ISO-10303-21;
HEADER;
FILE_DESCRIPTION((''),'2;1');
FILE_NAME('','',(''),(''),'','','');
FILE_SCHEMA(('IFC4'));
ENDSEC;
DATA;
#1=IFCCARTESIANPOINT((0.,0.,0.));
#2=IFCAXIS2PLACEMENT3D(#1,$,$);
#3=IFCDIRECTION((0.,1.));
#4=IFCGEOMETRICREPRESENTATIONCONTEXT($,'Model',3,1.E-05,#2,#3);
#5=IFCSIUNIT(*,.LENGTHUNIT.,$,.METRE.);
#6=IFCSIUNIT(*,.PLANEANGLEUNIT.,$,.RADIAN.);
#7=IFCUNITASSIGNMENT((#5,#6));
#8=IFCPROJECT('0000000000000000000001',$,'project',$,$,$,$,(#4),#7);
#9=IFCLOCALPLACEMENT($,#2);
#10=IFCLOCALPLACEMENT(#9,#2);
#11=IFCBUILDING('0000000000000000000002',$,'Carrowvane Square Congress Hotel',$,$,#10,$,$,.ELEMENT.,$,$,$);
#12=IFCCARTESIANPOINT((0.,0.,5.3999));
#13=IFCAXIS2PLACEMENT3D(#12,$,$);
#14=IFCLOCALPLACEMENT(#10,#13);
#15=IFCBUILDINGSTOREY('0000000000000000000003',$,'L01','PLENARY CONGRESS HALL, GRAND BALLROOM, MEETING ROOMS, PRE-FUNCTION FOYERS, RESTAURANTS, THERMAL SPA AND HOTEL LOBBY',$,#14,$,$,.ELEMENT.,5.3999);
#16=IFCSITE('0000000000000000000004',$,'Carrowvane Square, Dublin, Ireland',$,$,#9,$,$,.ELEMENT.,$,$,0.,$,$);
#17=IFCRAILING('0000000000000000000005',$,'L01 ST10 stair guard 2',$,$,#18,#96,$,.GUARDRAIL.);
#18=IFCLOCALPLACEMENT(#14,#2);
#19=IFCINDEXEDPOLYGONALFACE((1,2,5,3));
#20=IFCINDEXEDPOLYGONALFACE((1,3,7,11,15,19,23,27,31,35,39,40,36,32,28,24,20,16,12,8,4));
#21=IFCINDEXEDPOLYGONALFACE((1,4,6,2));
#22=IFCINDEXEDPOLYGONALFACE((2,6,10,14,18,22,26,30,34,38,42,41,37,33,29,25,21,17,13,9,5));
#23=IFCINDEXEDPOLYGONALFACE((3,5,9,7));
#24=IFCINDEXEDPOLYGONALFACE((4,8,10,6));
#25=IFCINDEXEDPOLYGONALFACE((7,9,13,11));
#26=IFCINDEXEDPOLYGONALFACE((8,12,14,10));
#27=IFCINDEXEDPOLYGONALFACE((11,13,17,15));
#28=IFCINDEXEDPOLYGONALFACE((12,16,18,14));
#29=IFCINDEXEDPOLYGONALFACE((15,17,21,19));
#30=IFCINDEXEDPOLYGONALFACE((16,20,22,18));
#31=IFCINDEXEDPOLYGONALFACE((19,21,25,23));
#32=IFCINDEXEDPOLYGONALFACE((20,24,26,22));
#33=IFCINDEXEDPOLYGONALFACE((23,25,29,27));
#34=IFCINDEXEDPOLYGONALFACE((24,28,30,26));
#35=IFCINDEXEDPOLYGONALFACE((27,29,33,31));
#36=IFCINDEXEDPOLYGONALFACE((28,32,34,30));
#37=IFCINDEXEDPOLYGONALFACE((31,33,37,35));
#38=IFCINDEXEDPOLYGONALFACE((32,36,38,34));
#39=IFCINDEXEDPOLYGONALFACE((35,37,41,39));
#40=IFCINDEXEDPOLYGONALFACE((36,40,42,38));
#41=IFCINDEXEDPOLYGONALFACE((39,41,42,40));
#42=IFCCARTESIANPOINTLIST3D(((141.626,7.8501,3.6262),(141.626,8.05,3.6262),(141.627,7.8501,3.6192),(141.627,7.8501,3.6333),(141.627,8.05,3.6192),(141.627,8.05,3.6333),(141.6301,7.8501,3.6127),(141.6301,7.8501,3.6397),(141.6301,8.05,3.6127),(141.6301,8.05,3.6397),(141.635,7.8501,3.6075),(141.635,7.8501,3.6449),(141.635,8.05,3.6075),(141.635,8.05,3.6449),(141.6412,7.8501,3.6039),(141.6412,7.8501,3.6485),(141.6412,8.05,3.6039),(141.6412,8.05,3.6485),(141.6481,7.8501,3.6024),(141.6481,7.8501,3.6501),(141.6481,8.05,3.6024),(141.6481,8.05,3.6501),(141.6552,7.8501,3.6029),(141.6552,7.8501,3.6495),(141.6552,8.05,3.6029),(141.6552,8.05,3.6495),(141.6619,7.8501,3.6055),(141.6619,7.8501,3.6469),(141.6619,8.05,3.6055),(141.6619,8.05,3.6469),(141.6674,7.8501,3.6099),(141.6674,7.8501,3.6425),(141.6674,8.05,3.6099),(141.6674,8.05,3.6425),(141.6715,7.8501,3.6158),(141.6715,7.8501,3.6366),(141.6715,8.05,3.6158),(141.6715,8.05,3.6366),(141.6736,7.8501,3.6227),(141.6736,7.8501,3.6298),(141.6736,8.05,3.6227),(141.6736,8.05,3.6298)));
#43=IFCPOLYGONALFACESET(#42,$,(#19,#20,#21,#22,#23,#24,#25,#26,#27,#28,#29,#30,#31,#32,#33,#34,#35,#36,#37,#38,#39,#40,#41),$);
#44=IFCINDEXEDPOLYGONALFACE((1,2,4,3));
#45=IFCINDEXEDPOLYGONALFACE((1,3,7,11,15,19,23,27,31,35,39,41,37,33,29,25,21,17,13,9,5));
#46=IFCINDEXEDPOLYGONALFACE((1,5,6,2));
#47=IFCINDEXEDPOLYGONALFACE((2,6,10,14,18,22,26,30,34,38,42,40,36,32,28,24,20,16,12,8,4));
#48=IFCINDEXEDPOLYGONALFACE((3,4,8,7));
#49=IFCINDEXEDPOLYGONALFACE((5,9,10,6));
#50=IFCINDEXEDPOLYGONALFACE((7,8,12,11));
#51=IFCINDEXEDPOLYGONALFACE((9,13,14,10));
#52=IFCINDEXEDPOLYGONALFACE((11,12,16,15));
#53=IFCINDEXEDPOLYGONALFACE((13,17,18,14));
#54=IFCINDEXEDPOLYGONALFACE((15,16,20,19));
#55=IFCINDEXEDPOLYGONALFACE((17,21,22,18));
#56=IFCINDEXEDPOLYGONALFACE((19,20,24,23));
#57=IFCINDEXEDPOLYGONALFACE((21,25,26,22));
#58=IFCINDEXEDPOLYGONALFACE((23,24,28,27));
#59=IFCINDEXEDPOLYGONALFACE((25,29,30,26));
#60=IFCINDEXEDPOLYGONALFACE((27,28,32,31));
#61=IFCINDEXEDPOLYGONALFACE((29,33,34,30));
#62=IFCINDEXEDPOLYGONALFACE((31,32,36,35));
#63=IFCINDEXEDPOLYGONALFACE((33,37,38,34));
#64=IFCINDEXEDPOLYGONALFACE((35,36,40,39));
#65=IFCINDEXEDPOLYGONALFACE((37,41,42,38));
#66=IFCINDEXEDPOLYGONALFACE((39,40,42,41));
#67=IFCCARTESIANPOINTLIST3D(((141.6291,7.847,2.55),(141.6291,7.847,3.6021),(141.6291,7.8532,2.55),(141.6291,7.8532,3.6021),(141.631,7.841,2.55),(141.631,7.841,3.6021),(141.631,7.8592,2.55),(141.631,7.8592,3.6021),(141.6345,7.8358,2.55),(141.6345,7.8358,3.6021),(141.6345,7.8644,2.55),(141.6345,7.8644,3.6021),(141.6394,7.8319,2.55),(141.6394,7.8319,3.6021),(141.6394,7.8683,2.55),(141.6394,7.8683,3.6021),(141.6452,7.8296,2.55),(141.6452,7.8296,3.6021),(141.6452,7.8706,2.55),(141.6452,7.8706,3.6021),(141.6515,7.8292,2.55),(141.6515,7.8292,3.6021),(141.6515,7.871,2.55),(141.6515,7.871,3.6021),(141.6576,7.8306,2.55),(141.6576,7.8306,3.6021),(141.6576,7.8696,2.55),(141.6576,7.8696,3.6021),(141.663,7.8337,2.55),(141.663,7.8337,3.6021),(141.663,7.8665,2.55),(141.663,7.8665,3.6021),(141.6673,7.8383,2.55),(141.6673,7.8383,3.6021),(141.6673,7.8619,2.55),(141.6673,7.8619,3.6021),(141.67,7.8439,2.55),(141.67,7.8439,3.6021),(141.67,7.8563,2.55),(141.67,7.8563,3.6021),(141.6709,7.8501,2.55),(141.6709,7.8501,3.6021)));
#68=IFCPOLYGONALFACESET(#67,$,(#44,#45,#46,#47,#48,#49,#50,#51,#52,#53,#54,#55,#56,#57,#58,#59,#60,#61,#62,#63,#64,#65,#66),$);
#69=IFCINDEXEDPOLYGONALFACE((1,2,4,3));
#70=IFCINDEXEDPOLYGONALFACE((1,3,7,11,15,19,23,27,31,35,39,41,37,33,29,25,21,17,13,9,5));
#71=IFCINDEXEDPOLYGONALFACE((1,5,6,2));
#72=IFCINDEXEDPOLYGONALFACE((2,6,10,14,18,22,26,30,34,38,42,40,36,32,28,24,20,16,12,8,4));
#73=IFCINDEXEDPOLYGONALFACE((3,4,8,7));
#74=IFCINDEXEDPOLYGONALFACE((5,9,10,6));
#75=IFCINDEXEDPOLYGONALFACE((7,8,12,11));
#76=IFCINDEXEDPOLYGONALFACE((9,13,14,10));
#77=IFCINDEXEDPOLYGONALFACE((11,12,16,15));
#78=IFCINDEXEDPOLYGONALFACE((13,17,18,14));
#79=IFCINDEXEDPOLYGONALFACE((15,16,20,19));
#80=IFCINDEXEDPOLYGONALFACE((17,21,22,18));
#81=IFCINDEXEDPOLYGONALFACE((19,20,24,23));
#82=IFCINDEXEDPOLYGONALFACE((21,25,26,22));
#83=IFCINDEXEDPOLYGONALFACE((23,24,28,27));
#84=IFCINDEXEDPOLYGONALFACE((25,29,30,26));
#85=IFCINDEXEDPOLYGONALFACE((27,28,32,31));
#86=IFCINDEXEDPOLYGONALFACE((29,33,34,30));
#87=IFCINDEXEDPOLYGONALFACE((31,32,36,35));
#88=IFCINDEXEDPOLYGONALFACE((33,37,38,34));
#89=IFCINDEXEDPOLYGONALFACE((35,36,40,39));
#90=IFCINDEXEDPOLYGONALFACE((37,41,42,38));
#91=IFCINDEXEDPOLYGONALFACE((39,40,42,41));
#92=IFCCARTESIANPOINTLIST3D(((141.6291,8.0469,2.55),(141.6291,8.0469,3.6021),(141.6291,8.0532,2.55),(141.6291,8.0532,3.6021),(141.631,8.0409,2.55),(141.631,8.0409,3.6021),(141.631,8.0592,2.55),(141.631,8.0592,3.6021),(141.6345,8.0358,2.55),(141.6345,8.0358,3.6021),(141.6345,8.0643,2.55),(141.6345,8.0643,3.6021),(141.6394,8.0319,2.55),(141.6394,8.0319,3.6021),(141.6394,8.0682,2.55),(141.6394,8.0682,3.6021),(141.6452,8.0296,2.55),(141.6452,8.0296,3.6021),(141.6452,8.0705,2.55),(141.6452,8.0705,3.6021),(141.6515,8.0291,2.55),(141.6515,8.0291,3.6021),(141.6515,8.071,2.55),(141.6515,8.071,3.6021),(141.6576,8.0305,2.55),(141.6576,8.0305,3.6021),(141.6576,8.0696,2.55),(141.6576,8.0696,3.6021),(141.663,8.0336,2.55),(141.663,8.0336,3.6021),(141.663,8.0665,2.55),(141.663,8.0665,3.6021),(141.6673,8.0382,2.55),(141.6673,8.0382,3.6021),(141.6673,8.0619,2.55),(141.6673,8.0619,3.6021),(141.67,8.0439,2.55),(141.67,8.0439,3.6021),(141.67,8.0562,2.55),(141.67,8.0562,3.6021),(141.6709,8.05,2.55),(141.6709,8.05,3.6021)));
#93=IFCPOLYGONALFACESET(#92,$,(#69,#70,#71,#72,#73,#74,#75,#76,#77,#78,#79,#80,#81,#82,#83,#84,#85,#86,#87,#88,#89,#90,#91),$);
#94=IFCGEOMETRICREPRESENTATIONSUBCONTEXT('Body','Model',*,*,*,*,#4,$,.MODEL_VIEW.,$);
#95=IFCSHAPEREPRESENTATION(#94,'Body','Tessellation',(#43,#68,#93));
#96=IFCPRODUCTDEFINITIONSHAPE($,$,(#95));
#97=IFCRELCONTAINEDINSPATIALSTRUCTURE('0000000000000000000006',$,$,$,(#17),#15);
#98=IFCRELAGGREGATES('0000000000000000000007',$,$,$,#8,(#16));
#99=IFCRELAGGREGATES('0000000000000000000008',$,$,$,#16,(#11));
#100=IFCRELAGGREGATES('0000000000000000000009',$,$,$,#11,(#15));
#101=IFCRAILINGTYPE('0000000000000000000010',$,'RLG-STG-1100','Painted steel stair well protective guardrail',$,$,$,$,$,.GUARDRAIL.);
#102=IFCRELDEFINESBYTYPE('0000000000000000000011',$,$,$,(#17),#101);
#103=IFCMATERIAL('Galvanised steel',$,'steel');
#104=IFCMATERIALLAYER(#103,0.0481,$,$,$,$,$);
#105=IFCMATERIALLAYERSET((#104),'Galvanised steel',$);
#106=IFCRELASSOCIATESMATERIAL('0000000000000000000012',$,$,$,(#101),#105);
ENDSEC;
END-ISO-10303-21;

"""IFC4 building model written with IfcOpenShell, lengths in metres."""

from ifc_helpers import new_model, si_unit, direction, frame, origin, origin_2d, place, context, subcontext, project, spatial, circle, extrude, material, layer, layer_set, type_object, element, save


model = new_model("IFC4")

# Units and contexts
model_context = context("Model", 3, precision=1e-05, world=origin(), true_north=direction((0.0, 1.0)))
body_context = subcontext(model_context, "Body", "Model", "MODEL_VIEW")
ifc_project = project(units=[si_unit("LENGTHUNIT", "METRE"), si_unit("PLANEANGLEUNIT", "RADIAN")], contexts=[model_context])

# Site, building, storey
site_placement = place(None, origin())
site = spatial("IfcSite", under=ifc_project, at=site_placement, Name="Carrowvane Square, Dublin, Ireland", CompositionType="ELEMENT", RefElevation=0.0)
building_placement = place(site_placement, origin())
building = spatial("IfcBuilding", under=site, at=building_placement, Name="Carrowvane Square Congress Hotel", CompositionType="ELEMENT")
storey_placement = place(building_placement, frame((0.0, 0.0, 5.3999)))
storey = spatial("IfcBuildingStorey", under=building, at=storey_placement, Name="L01", Description="PLENARY CONGRESS HALL, GRAND BALLROOM, MEETING ROOMS, PRE-FUNCTION FOYERS, RESTAURANTS, THERMAL SPA AND HOTEL LOBBY", CompositionType="ELEMENT", Elevation=5.3999)

# Railing
ifc_material_1 = material(Name="Galvanised steel", Category="steel")
ifc_layer_1 = layer(ifc_material_1, 0.0481)
ifc_layer_set_1 = layer_set([ifc_layer_1], Name="Galvanised steel")
railing_type_1 = type_object("IfcRailingType", Name="RLG-STG-1100", Description="Painted steel stair well protective guardrail", PredefinedType="GUARDRAIL", material=ifc_layer_set_1)
railing_1_placement = place(storey_placement, frame((141.6499, 7.8501, 2.55)))
element("IfcRailing", 1, at=railing_1_placement, inside=storey, type_object=railing_type_1, Name="L01 ST10 stair guard 2", PredefinedType="GUARDRAIL", context=body_context, shape_type="SweptSolid", body=[
    extrude(circle(Radius=0.0239, at=origin_2d()), frame((0.0, 0.0, 1.0762), z_axis=(0.0, 1.0, 0.0), x_axis=(-1.0, 0.0, 0.0)), (0.0, 0.0, 1.0), 0.2),
    extrude(circle(Radius=0.021, at=origin_2d()), origin(), (0.0, 0.0, 1.0), 1.052),
    extrude(circle(Radius=0.021, at=origin_2d()), frame((0.0, 0.2, 0.0)), (0.0, 0.0, 1.0), 1.052),
])

save(model, "model.ifc")
